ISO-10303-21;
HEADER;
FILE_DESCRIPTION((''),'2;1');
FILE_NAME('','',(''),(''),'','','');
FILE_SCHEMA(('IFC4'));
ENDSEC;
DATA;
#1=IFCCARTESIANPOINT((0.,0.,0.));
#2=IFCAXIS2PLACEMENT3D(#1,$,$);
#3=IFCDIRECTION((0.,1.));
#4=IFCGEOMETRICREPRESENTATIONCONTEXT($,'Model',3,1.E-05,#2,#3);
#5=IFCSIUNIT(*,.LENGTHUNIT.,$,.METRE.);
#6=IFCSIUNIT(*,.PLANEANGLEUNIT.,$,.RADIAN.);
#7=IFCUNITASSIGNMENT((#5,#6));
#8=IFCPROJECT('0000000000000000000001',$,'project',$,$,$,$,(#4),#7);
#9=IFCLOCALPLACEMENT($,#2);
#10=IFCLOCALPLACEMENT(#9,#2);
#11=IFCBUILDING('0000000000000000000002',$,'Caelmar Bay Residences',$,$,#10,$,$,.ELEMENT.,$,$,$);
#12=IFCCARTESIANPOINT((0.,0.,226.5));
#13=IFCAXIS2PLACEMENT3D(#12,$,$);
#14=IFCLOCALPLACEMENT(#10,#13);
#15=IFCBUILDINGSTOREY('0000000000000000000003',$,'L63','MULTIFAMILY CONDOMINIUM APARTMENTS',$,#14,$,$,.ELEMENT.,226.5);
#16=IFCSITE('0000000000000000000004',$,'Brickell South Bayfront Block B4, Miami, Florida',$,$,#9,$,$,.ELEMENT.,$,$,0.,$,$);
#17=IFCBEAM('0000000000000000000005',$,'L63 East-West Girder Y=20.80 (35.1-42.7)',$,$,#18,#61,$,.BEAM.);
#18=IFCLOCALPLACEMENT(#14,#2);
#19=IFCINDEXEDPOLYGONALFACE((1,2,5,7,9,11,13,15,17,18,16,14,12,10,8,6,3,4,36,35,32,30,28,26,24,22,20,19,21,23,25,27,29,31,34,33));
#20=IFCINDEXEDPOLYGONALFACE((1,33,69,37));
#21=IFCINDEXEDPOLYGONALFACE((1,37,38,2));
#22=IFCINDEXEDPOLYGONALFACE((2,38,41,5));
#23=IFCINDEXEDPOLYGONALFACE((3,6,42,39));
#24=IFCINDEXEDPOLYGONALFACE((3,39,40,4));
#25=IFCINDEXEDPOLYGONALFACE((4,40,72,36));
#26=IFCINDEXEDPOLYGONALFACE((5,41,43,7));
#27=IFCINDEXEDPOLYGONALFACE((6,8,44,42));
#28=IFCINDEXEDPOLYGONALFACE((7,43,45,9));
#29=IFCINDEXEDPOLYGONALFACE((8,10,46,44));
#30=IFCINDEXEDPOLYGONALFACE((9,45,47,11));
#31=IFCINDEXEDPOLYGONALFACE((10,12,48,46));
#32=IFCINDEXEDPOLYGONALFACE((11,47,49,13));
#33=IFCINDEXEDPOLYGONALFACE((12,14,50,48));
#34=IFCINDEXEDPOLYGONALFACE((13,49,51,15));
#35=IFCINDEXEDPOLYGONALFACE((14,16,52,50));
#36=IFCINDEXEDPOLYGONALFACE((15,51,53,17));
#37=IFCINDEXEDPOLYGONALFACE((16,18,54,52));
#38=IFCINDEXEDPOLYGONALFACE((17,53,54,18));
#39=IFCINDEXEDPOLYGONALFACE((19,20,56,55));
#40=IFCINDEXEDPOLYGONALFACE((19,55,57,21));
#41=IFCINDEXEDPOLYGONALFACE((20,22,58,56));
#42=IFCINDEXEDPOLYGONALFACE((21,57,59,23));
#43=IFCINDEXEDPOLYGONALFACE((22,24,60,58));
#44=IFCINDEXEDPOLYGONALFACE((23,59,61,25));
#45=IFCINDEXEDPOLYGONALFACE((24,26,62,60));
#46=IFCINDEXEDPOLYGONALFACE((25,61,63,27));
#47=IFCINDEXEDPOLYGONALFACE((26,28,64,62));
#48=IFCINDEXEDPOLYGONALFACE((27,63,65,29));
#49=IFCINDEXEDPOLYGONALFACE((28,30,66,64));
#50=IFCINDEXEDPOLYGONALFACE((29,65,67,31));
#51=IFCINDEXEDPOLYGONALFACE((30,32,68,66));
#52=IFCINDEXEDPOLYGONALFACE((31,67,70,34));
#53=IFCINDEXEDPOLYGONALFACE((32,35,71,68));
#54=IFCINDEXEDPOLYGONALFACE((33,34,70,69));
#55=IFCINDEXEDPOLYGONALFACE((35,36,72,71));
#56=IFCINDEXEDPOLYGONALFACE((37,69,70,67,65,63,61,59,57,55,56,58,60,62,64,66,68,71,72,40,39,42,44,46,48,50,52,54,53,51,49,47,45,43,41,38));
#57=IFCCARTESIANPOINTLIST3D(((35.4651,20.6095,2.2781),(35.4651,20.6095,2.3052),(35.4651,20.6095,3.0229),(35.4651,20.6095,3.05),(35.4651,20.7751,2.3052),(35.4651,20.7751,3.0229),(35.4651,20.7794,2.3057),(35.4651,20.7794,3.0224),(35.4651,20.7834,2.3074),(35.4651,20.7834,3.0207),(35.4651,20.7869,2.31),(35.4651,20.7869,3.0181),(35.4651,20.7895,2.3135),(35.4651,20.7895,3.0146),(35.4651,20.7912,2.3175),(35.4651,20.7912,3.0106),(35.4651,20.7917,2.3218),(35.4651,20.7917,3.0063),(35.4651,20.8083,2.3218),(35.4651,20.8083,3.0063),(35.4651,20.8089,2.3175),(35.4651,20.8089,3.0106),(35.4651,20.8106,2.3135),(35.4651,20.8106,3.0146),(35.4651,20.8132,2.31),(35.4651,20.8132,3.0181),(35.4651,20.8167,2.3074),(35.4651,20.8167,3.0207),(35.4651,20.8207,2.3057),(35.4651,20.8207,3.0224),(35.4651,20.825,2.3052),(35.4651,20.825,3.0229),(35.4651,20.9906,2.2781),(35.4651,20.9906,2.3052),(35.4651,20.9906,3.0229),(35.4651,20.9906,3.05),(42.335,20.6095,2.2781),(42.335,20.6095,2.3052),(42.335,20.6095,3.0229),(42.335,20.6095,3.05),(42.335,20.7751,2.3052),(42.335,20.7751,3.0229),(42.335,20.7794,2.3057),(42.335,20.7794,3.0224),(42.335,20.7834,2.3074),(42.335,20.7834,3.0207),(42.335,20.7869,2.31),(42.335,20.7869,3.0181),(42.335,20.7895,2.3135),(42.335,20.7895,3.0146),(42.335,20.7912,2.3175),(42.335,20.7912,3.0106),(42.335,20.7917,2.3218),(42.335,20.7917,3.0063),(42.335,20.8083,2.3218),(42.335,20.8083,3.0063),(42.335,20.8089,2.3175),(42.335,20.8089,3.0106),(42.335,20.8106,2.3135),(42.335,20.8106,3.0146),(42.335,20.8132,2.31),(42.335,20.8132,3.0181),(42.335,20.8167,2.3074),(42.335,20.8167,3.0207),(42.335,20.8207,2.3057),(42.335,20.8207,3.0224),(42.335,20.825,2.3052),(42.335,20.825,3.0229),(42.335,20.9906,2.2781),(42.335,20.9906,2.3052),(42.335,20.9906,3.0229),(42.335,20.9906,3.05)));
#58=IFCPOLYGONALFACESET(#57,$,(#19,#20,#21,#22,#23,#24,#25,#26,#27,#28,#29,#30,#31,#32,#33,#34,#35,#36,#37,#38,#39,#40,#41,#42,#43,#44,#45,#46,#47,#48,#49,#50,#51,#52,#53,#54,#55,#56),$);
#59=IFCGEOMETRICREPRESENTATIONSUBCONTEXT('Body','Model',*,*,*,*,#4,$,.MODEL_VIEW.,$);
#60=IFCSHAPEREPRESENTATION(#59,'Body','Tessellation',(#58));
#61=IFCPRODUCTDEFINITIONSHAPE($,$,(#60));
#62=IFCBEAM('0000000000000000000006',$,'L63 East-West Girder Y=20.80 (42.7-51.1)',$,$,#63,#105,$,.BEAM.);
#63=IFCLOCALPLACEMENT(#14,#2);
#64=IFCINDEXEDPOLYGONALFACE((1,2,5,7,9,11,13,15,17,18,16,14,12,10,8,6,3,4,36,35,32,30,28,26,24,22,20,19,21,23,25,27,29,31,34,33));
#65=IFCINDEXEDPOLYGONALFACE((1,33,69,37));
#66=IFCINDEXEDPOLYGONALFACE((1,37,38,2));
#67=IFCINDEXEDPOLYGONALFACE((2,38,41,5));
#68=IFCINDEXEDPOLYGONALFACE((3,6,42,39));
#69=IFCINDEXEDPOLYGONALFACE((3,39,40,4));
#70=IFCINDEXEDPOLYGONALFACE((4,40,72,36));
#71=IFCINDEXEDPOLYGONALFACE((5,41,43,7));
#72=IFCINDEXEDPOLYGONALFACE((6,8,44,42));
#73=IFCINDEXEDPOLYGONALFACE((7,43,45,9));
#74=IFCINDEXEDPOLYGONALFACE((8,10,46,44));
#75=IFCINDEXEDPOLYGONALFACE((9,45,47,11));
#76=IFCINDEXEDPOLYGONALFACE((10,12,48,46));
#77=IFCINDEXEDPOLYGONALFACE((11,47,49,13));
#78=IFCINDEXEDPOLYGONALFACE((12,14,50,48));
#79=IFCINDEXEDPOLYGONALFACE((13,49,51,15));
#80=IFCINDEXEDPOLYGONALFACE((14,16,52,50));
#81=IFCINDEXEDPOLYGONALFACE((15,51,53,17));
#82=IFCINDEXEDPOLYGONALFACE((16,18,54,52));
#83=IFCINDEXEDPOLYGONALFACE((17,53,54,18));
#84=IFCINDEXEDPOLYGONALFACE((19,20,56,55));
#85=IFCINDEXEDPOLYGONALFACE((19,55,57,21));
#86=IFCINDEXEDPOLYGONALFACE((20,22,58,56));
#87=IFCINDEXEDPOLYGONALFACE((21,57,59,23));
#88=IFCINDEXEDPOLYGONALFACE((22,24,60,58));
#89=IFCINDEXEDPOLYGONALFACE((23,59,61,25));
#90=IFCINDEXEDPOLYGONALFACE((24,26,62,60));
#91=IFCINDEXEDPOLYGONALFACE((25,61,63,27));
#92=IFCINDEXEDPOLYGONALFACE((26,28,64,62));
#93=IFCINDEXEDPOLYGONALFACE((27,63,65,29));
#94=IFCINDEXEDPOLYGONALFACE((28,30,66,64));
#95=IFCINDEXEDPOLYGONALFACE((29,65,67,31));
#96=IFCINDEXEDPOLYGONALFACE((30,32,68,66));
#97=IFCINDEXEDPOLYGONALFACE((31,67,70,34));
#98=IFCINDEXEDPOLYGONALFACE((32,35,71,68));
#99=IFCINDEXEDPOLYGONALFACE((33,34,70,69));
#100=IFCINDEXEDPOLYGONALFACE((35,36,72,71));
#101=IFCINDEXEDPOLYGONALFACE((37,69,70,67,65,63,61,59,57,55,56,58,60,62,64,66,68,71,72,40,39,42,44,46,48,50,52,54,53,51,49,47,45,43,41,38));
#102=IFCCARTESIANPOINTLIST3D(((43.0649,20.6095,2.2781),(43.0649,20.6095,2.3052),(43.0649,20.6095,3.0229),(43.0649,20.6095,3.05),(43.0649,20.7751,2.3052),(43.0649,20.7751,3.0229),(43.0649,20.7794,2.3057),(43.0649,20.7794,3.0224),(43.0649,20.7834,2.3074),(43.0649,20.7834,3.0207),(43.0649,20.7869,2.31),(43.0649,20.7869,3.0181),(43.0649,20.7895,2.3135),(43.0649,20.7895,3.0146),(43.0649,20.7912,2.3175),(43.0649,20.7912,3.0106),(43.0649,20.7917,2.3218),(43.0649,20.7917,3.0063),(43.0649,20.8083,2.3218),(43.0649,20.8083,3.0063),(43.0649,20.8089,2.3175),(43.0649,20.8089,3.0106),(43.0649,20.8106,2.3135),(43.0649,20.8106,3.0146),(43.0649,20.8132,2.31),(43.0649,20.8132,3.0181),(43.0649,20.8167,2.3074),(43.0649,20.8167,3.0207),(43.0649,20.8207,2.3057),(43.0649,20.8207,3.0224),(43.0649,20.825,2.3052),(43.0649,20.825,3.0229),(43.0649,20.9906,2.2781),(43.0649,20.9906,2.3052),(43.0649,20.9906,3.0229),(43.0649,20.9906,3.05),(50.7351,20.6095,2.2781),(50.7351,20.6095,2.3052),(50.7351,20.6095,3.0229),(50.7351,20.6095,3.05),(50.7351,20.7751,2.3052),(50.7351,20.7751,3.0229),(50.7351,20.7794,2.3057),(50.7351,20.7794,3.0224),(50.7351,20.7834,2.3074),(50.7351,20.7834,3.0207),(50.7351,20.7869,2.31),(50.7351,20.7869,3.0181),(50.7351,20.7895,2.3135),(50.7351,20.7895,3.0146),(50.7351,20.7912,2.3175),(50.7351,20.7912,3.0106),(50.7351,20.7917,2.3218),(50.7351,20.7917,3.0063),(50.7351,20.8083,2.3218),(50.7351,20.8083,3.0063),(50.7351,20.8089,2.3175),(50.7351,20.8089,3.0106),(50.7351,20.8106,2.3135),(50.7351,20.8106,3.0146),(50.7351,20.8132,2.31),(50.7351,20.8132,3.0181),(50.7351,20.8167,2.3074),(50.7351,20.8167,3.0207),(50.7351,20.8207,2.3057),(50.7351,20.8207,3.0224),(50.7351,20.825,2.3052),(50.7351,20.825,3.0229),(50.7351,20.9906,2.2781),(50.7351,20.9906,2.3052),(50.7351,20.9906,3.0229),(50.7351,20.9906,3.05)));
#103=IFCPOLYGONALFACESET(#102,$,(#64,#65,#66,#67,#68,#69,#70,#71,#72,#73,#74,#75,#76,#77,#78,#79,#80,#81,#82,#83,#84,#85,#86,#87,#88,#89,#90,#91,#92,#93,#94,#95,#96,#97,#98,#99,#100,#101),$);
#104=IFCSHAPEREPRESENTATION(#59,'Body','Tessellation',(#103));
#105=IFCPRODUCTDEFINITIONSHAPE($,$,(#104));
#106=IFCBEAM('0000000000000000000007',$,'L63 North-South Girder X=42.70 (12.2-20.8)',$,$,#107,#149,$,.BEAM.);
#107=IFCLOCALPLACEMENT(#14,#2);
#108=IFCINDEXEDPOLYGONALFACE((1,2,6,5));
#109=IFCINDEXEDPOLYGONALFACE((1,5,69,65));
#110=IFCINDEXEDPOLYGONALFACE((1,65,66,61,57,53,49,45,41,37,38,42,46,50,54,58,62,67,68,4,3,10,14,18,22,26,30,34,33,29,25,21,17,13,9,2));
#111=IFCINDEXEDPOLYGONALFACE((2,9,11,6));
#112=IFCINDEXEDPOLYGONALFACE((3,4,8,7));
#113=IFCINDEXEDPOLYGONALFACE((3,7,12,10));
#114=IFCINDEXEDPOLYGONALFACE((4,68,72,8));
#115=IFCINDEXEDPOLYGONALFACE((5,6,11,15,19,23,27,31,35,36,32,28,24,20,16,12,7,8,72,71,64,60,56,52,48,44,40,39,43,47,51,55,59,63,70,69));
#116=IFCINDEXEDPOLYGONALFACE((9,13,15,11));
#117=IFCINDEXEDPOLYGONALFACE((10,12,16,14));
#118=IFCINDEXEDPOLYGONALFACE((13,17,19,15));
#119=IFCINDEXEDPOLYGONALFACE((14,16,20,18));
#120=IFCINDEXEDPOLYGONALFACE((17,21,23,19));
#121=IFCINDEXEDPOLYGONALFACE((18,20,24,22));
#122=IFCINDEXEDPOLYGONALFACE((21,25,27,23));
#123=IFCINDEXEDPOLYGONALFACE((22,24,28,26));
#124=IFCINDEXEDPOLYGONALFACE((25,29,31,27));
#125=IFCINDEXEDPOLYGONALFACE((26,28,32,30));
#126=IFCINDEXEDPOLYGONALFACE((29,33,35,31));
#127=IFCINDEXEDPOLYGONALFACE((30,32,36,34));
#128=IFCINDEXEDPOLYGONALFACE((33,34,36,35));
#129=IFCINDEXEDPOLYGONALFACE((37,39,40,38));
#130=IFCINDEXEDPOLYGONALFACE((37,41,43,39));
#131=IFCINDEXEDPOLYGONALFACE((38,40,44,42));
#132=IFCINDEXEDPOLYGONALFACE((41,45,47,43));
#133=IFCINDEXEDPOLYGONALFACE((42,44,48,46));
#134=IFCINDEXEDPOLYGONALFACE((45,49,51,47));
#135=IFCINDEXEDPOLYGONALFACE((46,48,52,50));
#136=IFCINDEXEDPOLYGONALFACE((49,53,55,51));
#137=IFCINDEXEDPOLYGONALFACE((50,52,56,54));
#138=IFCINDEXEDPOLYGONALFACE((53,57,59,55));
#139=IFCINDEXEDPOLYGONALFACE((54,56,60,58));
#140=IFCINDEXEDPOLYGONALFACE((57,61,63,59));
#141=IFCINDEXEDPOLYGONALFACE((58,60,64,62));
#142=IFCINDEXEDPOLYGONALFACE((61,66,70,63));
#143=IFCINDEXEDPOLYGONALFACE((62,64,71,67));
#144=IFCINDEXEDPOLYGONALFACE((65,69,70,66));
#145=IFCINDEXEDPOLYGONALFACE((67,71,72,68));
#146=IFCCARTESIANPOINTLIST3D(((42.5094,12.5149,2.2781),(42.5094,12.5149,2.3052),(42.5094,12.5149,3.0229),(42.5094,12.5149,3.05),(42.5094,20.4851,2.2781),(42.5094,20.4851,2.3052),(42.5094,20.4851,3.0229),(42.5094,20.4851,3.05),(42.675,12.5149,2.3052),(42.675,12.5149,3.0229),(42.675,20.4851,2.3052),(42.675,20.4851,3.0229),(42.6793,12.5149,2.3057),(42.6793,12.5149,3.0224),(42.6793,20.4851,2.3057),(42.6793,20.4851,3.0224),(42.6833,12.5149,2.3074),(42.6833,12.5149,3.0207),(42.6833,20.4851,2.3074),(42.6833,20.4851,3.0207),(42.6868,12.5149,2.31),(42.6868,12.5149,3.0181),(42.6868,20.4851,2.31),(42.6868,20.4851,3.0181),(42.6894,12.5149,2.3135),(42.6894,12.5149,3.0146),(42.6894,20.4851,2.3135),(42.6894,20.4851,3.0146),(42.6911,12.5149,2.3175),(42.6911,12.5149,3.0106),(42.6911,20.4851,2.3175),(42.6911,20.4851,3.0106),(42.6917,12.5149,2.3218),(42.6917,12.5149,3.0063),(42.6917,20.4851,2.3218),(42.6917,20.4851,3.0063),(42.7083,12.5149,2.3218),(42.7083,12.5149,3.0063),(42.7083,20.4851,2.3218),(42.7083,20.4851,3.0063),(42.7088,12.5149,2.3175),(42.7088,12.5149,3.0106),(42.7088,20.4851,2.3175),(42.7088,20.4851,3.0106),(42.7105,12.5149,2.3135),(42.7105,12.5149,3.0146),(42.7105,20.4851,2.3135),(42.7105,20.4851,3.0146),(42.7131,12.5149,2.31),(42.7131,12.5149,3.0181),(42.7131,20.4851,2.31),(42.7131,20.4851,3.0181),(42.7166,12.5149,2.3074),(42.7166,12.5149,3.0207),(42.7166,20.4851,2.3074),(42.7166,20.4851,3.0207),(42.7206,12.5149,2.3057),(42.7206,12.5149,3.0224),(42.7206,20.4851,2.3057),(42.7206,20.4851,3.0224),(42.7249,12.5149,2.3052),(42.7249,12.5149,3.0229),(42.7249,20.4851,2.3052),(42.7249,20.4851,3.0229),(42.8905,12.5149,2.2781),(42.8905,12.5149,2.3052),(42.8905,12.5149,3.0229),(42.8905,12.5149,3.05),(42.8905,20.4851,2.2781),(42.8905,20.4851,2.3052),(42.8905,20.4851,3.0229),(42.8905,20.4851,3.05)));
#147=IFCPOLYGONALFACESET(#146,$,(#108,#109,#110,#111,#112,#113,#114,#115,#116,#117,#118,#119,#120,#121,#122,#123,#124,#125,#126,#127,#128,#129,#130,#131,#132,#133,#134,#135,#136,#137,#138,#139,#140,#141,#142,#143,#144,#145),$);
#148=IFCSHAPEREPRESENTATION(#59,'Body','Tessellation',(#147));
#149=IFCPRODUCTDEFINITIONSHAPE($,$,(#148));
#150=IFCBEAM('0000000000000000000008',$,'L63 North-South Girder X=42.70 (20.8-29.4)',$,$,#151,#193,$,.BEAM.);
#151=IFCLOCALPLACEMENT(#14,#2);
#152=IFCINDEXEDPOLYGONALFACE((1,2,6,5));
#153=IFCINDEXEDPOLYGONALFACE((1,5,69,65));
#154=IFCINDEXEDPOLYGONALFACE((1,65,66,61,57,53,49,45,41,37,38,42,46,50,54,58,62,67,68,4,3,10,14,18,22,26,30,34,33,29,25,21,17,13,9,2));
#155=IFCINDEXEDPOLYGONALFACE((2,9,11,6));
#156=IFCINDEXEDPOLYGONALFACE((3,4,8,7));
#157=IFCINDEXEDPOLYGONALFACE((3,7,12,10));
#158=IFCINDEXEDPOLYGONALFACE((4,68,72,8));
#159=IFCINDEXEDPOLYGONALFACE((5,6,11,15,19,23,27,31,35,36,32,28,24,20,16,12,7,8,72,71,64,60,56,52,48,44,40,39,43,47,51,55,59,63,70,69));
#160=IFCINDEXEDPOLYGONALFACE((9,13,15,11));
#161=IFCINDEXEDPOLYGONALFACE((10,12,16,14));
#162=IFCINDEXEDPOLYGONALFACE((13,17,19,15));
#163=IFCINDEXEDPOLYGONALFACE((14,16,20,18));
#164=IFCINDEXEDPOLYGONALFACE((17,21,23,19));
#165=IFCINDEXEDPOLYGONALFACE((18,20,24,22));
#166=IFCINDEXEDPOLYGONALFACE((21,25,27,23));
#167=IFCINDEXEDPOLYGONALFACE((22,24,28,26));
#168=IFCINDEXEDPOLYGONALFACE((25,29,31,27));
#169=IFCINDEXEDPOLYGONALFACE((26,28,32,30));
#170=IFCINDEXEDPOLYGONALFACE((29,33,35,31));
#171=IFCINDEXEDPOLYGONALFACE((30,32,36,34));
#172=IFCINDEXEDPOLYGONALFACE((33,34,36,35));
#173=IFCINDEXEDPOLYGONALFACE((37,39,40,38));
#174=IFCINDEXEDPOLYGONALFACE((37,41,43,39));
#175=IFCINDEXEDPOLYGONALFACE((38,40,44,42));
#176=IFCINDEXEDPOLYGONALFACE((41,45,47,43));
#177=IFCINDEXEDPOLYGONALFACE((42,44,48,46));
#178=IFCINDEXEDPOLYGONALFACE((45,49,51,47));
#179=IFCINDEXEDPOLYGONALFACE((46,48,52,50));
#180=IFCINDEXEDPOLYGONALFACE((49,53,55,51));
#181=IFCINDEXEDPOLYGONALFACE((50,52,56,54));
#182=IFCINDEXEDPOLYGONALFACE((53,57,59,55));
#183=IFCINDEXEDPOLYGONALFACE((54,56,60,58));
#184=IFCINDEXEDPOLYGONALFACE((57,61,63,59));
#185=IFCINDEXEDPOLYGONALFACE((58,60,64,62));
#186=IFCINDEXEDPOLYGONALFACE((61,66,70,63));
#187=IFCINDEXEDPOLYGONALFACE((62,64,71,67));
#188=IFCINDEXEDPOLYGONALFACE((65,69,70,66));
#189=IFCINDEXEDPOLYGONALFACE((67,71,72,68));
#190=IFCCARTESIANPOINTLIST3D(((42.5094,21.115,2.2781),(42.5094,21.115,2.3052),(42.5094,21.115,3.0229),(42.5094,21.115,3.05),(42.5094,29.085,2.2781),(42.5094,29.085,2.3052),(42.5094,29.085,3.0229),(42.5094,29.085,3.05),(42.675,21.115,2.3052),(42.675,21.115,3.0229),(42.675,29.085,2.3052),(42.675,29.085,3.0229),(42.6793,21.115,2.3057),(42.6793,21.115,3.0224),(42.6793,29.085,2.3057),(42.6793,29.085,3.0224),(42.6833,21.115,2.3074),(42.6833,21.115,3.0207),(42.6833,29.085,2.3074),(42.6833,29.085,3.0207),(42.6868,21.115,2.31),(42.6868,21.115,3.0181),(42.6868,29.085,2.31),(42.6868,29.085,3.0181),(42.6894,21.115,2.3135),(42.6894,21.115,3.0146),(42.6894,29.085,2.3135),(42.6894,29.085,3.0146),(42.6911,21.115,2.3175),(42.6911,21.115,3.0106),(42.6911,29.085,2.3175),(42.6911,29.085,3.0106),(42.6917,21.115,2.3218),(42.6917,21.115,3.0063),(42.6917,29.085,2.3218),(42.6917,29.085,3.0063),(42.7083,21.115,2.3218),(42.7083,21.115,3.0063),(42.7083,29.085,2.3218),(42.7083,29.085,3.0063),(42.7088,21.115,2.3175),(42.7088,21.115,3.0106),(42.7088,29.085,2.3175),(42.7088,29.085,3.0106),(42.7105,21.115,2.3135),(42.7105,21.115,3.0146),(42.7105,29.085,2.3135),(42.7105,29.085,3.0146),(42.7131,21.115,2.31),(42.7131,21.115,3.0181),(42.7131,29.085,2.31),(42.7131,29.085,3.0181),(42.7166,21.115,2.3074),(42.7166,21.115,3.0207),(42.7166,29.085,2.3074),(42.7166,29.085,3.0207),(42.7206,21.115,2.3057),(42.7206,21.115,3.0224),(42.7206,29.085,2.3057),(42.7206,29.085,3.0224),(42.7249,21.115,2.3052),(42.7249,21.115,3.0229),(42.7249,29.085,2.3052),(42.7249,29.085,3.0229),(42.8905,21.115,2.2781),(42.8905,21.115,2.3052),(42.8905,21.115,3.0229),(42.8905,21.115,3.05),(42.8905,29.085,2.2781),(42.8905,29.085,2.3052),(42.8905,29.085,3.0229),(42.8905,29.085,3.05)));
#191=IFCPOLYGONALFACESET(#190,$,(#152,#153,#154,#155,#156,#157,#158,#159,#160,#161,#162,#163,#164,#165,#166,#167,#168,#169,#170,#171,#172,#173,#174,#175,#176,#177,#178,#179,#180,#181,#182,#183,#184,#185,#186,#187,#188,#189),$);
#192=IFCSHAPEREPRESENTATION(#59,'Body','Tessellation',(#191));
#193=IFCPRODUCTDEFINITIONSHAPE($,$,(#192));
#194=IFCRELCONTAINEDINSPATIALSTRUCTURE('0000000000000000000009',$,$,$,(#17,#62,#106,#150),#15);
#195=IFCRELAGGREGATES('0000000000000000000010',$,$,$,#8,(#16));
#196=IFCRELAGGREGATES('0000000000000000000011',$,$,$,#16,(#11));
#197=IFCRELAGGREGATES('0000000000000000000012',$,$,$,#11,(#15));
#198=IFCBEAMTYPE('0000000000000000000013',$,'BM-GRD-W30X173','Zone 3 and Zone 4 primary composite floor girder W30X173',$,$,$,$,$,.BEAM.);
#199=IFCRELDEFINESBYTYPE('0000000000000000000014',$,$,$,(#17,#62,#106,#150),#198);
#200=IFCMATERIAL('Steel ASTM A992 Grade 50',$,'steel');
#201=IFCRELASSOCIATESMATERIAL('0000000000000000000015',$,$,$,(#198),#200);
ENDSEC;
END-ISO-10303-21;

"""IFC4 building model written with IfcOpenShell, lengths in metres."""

from ifc_helpers import new_model, si_unit, direction, frame, origin, origin_2d, place, context, subcontext, project, spatial, i_section, extrude, material, material_profile, profile_set, type_object, element, save


model = new_model("IFC4")

# Units and contexts
model_context = context("Model", 3, precision=1e-05, world=origin(), true_north=direction((0.0, 1.0)))
body_context = subcontext(model_context, "Body", "Model", "MODEL_VIEW")
ifc_project = project(units=[si_unit("LENGTHUNIT", "METRE"), si_unit("PLANEANGLEUNIT", "RADIAN")], contexts=[model_context])

# Site, building, storey
site_placement = place(None, origin())
site = spatial("IfcSite", under=ifc_project, at=site_placement, Name="Brickell South Bayfront Block B4, Miami, Florida", CompositionType="ELEMENT", RefElevation=0.0)
building_placement = place(site_placement, origin())
building = spatial("IfcBuilding", under=site, at=building_placement, Name="Caelmar Bay Residences", CompositionType="ELEMENT")
storey_placement = place(building_placement, frame((0.0, 0.0, 226.5)))
storey = spatial("IfcBuildingStorey", under=building, at=storey_placement, Name="L63", Description="MULTIFAMILY CONDOMINIUM APARTMENTS", CompositionType="ELEMENT", Elevation=226.5)

# Beams
ifc_material_1 = material(Name="Steel ASTM A992 Grade 50", Category="steel")
ifc_material_profile_1 = material_profile(ifc_material_1, i_section(OverallWidth=0.3811, OverallDepth=0.772, WebThickness=0.0166, FlangeThickness=0.0271, FilletRadius=0.0166, at=origin_2d()), Name="W30X173")
ifc_profile_set_1 = profile_set([ifc_material_profile_1], Name="Steel ASTM A992 Grade 50")
beam_type_1 = type_object("IfcBeamType", Name="BM-GRD-W30X173", Description="Zone 3 and Zone 4 primary composite floor girder W30X173", PredefinedType="BEAM", material=ifc_profile_set_1)
beam_1_placement = place(storey_placement, frame((35.4651, 20.8, 2.6641), z_axis=(1.0, 0.0, 0.0), x_axis=(0.0, 1.0, 0.0)))
element("IfcBeam", 1, at=beam_1_placement, inside=storey, type_object=beam_type_1, Name="L63 East-West Girder Y=20.80 (35.1-42.7)", PredefinedType="BEAM", context=body_context, shape_type="SweptSolid", body=[
    extrude(i_section(OverallWidth=0.3811, OverallDepth=0.772, WebThickness=0.0166, FlangeThickness=0.0271, FilletRadius=0.0166, at=origin_2d()), origin(), (0.0, 0.0, 1.0), 6.8699),
])
beam_2_placement = place(storey_placement, frame((43.0649, 20.8, 2.6641), z_axis=(1.0, 0.0, 0.0), x_axis=(0.0, 1.0, 0.0)))
element("IfcBeam", 2, at=beam_2_placement, inside=storey, type_object=beam_type_1, Name="L63 East-West Girder Y=20.80 (42.7-51.1)", PredefinedType="BEAM", context=body_context, shape_type="SweptSolid", body=[
    extrude(i_section(OverallWidth=0.3811, OverallDepth=0.772, WebThickness=0.0166, FlangeThickness=0.0271, FilletRadius=0.0166, at=origin_2d()), origin(), (0.0, 0.0, 1.0), 7.6702),
])
beam_3_placement = place(storey_placement, frame((42.7, 12.5149, 2.6641), z_axis=(0.0, 1.0, 0.0), x_axis=(-1.0, 0.0, 0.0)))
element("IfcBeam", 3, at=beam_3_placement, inside=storey, type_object=beam_type_1, Name="L63 North-South Girder X=42.70 (12.2-20.8)", PredefinedType="BEAM", context=body_context, shape_type="SweptSolid", body=[
    extrude(i_section(OverallWidth=0.3811, OverallDepth=0.772, WebThickness=0.0166, FlangeThickness=0.0271, FilletRadius=0.0166, at=origin_2d()), origin(), (0.0, 0.0, 1.0), 7.9702),
])
beam_4_placement = place(storey_placement, frame((42.7, 21.115, 2.6641), z_axis=(0.0, 1.0, 0.0), x_axis=(-1.0, 0.0, 0.0)))
element("IfcBeam", 4, at=beam_4_placement, inside=storey, type_object=beam_type_1, Name="L63 North-South Girder X=42.70 (20.8-29.4)", PredefinedType="BEAM", context=body_context, shape_type="SweptSolid", body=[
    extrude(i_section(OverallWidth=0.3811, OverallDepth=0.772, WebThickness=0.0166, FlangeThickness=0.0271, FilletRadius=0.0166, at=origin_2d()), origin(), (0.0, 0.0, 1.0), 7.97),
])

save(model, "model.ifc")
